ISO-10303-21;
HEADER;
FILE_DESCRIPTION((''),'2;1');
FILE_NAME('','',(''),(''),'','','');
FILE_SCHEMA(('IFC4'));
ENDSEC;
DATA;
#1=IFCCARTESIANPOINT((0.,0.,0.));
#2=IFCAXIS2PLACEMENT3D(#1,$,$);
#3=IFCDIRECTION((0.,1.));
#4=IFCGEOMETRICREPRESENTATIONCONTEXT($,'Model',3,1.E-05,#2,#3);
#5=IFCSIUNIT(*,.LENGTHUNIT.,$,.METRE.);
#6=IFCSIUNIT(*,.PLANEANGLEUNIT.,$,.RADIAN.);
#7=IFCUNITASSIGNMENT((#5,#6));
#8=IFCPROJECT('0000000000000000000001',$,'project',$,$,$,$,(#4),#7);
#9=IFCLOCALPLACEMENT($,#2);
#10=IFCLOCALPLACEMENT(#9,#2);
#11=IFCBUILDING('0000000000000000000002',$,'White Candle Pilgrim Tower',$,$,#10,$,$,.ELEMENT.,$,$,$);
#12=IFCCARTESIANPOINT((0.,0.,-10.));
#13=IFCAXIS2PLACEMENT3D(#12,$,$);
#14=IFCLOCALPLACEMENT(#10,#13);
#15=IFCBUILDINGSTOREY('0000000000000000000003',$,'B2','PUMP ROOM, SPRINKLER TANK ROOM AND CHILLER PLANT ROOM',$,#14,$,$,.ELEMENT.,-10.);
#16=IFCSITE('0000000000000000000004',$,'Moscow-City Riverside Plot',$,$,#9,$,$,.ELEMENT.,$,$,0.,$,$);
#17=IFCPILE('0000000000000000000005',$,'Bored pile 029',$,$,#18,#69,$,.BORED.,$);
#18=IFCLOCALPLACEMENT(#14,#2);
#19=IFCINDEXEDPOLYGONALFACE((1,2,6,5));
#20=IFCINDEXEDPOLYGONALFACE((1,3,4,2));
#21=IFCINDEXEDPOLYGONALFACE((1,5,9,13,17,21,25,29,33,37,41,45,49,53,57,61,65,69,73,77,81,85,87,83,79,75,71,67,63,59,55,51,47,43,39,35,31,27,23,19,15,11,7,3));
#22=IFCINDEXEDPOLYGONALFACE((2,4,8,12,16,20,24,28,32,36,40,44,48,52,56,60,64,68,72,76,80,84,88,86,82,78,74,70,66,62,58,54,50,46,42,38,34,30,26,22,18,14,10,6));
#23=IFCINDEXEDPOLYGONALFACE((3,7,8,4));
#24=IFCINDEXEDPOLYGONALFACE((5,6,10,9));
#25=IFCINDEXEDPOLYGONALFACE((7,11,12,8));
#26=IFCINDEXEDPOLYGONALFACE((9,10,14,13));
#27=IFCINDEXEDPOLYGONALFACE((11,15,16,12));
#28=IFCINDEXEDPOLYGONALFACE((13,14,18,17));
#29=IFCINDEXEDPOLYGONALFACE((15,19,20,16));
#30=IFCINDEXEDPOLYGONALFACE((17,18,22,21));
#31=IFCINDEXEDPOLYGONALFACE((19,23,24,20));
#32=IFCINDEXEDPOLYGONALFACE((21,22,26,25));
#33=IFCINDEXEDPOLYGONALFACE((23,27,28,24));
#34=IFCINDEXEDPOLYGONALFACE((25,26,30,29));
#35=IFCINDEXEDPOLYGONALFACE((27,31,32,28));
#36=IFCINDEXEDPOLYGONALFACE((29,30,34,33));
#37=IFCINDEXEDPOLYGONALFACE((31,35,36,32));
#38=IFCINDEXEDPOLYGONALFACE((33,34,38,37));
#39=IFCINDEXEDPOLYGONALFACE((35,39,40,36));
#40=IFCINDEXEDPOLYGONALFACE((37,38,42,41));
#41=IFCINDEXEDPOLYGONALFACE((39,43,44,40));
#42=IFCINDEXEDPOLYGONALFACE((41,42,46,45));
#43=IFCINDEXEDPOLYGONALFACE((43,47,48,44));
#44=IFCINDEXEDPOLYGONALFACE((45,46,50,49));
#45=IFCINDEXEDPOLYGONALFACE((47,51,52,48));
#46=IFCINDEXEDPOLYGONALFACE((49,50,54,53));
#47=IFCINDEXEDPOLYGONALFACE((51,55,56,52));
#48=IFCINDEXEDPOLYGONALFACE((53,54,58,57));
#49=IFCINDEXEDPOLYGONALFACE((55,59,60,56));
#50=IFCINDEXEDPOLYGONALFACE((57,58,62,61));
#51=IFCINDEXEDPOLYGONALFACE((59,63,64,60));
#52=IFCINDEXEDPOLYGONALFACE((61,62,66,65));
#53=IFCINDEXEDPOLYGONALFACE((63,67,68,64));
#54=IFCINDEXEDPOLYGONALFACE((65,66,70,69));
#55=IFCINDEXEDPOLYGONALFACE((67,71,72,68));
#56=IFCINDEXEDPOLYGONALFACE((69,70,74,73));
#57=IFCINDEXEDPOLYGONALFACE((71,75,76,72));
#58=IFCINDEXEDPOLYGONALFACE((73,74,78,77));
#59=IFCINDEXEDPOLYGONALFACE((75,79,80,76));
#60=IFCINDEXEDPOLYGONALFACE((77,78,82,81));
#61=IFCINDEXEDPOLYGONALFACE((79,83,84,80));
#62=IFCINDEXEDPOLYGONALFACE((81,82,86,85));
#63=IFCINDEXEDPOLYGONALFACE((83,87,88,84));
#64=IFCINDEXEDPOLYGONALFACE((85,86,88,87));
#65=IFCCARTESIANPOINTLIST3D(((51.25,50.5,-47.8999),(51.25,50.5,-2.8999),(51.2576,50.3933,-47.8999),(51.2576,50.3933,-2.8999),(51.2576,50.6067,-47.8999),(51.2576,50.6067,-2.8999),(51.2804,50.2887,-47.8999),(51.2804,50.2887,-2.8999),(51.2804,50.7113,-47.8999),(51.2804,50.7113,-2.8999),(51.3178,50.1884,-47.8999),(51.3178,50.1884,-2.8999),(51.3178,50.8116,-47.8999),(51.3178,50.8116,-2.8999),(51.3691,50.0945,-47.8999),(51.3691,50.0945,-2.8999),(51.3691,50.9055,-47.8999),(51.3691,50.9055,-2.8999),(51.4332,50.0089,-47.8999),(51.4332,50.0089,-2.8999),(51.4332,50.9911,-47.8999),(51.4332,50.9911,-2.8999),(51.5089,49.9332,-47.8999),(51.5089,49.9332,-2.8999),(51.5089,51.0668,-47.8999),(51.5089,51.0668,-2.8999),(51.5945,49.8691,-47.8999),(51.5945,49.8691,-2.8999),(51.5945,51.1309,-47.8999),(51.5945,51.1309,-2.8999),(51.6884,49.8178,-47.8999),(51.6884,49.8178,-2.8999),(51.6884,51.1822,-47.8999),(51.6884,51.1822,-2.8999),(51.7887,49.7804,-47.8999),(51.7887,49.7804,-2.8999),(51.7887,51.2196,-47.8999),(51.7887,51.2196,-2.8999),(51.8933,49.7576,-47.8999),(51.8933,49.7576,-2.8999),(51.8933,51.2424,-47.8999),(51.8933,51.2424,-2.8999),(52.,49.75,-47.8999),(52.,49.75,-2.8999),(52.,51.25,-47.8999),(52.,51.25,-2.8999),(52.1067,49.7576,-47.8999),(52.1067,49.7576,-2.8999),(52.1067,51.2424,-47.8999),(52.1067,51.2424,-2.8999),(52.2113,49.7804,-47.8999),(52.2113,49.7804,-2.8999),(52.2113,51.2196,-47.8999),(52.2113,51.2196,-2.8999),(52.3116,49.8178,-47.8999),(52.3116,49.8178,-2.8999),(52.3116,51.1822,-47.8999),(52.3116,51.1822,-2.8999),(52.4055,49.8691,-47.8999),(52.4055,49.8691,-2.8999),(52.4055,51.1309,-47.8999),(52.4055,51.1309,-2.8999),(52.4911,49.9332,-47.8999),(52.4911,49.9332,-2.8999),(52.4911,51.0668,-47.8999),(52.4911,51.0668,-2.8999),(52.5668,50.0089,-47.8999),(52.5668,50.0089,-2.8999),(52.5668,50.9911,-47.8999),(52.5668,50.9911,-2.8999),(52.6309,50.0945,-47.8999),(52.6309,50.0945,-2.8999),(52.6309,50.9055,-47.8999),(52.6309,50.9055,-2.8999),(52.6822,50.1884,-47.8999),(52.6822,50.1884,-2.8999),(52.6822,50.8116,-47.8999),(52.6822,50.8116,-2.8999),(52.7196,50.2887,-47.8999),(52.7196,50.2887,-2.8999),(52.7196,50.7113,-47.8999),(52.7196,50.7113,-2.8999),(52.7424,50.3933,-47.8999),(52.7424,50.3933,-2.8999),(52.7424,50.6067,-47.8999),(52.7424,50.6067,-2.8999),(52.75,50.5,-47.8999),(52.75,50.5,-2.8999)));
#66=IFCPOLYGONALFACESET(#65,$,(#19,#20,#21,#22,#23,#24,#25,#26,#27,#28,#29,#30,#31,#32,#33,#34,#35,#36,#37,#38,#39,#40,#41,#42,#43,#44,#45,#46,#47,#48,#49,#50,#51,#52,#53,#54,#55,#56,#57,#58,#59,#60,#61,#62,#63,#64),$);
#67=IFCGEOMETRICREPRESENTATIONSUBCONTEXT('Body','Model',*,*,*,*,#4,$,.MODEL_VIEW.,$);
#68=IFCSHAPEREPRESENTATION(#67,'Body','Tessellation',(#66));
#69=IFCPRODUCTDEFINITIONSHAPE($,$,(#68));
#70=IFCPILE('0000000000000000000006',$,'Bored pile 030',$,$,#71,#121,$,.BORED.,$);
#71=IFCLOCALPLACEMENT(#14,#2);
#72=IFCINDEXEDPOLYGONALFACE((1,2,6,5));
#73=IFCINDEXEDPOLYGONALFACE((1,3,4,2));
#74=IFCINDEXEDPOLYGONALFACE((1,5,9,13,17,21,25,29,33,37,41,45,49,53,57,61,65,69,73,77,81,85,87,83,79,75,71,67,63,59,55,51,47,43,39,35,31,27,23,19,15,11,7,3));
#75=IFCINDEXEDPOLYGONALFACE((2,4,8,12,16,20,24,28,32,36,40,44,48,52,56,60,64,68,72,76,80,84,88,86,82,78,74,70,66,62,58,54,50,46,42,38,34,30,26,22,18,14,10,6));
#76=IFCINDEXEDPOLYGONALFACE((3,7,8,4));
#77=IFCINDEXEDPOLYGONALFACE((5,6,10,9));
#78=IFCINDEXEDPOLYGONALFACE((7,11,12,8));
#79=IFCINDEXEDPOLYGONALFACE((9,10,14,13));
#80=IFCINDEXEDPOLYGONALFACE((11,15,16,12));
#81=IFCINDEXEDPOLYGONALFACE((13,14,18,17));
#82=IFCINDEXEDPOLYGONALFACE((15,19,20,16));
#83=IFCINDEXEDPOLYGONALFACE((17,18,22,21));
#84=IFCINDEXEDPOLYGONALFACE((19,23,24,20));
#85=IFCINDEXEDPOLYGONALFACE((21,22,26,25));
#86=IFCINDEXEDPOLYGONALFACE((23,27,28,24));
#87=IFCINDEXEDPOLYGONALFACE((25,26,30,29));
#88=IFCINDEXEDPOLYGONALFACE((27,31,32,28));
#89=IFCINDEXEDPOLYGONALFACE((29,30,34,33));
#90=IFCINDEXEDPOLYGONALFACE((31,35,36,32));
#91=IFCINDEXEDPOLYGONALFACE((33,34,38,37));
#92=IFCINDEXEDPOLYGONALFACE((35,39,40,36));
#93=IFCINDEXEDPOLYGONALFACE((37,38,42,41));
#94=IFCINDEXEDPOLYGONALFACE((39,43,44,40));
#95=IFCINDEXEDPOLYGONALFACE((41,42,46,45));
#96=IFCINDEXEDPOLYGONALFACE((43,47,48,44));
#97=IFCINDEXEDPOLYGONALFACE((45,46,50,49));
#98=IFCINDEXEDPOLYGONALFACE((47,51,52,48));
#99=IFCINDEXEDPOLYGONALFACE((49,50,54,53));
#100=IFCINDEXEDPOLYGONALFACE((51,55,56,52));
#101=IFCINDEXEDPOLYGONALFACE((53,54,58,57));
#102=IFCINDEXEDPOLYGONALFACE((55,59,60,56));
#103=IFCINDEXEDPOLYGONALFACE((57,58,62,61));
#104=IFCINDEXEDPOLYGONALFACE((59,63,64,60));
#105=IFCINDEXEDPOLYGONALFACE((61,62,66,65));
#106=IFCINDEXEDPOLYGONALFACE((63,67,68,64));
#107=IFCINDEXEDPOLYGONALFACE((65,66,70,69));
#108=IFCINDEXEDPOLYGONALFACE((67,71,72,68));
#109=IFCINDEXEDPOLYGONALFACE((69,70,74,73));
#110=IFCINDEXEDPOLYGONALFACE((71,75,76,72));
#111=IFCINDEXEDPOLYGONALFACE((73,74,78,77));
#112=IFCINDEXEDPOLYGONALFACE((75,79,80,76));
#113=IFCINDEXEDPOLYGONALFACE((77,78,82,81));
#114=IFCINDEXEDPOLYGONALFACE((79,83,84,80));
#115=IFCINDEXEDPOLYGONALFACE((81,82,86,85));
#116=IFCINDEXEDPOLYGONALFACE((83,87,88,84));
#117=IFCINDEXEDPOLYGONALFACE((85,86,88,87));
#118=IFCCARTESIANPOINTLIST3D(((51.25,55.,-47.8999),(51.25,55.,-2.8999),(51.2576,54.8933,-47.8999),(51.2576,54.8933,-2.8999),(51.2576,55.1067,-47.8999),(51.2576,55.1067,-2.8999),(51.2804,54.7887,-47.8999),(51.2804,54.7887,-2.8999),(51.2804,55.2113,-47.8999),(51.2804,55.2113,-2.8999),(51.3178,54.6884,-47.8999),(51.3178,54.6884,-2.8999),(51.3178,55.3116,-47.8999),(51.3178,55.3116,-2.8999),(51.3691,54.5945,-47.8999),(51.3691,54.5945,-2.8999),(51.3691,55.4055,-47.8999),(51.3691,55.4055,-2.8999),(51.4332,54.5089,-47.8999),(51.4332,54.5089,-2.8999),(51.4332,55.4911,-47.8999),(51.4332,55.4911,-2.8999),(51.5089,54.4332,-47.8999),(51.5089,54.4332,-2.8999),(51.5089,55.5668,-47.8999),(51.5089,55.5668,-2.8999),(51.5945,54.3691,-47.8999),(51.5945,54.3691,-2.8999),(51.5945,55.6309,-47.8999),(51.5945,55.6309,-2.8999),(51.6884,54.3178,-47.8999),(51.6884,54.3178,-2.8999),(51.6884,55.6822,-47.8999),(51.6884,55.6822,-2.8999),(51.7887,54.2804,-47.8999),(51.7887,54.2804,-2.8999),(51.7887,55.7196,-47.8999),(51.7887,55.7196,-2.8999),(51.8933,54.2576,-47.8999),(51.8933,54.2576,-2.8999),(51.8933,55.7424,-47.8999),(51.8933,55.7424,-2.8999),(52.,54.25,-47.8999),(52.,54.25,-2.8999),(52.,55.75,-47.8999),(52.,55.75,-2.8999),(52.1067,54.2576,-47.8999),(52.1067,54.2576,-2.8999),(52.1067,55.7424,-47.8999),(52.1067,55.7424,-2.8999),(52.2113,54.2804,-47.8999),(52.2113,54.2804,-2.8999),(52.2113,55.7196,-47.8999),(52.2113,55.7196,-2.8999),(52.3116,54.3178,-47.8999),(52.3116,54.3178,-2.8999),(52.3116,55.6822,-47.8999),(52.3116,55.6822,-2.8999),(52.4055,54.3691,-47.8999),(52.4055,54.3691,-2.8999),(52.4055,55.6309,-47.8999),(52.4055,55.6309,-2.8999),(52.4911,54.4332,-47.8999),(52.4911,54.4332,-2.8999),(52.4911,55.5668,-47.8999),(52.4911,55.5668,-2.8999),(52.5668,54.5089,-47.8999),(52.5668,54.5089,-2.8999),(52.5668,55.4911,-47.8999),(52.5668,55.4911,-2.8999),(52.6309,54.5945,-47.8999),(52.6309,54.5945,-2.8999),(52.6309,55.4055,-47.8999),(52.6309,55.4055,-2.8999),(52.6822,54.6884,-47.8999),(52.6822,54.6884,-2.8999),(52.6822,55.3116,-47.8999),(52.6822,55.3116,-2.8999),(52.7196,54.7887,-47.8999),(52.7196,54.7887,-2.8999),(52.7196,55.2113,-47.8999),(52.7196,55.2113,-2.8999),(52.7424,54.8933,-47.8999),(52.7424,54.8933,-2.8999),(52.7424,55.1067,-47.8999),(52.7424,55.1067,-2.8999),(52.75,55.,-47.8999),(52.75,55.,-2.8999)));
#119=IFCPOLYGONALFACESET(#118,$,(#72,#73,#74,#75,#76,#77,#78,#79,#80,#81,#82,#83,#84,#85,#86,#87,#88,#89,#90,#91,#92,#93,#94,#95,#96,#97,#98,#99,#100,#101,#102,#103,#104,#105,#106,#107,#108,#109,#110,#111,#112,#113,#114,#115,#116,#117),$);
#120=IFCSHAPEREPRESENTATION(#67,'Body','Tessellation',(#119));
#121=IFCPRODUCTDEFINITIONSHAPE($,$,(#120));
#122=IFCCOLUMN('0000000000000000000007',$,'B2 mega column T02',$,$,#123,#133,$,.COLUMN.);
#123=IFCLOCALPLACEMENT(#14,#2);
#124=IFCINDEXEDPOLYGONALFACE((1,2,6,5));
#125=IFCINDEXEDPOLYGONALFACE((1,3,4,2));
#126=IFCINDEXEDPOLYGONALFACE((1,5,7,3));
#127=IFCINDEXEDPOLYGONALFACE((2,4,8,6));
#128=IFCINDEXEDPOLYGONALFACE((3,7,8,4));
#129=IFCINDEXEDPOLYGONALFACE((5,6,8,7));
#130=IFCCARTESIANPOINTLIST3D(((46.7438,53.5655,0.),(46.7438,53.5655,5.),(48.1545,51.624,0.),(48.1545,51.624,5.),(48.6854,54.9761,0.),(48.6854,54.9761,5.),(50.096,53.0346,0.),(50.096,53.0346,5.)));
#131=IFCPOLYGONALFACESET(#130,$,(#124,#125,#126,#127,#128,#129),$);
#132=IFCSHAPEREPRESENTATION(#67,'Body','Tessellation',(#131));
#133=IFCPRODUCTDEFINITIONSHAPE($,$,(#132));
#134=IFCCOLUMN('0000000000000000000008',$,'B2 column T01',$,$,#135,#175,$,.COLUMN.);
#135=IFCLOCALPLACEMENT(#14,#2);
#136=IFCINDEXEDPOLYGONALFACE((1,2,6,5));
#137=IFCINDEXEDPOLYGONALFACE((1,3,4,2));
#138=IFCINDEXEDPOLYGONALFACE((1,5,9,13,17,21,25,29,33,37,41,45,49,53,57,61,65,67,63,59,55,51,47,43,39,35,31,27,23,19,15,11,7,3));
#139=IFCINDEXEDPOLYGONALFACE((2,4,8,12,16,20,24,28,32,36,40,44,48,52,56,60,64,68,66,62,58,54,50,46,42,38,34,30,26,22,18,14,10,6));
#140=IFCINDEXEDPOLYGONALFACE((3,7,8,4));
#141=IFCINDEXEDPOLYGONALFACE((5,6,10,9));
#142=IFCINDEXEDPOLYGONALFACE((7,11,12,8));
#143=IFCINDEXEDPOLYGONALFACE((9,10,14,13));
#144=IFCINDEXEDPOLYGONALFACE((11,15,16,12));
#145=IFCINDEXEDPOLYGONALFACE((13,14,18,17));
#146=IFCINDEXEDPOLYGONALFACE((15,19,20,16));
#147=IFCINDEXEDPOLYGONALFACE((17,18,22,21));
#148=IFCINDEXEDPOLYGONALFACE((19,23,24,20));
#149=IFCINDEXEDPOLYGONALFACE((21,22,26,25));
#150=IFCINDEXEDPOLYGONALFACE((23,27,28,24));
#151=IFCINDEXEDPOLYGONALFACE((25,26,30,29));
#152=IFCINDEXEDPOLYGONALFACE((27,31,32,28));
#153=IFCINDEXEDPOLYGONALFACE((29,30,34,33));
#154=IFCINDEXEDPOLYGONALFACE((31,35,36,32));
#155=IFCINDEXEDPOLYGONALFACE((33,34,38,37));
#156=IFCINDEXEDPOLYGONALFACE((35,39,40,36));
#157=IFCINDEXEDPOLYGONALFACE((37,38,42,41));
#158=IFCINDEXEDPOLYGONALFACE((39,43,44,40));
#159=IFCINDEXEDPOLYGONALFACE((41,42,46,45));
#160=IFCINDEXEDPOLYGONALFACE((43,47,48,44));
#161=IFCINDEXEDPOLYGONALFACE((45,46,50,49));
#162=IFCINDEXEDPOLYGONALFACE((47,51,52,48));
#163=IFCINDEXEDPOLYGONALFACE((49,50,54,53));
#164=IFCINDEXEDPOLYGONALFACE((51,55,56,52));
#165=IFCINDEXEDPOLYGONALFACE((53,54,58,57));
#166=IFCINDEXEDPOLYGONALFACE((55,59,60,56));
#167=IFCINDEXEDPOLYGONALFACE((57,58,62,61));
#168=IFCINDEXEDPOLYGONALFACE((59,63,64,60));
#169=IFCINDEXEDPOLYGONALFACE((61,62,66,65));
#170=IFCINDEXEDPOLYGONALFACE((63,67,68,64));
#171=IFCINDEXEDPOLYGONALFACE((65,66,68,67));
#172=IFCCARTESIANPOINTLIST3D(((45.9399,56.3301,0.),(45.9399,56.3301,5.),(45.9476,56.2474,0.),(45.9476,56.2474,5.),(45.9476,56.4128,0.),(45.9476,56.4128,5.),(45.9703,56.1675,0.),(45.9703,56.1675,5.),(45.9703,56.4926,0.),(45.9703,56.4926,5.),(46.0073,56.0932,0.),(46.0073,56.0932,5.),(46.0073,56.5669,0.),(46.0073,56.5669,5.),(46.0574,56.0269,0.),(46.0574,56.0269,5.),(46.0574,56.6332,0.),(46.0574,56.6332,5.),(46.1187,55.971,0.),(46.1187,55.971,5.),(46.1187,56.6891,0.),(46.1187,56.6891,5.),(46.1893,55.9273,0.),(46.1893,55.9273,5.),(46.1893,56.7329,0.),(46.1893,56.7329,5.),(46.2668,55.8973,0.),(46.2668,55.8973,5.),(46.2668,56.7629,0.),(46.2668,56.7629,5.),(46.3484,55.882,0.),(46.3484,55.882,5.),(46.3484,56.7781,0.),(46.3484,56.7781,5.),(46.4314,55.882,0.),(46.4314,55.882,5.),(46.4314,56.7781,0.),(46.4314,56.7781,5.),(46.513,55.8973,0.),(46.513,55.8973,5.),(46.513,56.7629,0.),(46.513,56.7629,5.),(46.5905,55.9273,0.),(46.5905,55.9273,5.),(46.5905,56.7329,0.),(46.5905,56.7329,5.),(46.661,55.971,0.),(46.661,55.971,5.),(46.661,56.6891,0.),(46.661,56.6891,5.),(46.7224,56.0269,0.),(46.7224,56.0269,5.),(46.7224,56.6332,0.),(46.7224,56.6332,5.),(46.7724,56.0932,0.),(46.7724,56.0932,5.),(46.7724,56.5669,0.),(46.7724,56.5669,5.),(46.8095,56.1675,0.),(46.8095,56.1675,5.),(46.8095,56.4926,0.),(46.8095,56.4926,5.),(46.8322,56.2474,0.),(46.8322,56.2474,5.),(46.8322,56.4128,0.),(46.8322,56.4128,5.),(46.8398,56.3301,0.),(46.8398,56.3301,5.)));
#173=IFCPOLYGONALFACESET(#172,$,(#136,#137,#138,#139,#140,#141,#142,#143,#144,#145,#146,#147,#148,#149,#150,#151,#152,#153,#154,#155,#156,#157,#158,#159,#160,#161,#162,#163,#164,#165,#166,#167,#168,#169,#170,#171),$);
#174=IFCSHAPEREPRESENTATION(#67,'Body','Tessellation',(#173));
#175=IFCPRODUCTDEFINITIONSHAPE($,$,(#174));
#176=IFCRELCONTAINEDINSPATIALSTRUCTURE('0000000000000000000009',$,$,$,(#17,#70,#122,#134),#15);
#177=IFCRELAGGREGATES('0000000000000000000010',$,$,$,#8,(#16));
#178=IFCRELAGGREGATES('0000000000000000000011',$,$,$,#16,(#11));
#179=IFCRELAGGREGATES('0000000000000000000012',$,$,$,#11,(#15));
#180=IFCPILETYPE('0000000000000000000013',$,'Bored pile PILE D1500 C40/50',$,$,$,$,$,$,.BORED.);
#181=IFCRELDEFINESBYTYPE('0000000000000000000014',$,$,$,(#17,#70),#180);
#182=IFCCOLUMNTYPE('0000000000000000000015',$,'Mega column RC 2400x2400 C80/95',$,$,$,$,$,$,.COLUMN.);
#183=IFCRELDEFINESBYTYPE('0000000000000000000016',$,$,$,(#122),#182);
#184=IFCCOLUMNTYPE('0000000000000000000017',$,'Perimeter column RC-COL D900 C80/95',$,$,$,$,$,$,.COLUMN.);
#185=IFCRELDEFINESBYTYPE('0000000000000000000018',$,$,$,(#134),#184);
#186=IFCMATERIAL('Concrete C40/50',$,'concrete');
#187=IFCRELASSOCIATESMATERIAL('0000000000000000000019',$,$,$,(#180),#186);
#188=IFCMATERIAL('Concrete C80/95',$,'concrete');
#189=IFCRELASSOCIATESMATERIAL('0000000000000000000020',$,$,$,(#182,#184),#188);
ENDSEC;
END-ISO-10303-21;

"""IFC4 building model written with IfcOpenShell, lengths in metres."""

from ifc_helpers import new_model, si_unit, direction, frame, origin, origin_2d, place, context, subcontext, project, spatial, rectangle, circle, extrude, material, material_profile, profile_set, type_object, element, save


model = new_model("IFC4")

# Units and contexts
model_context = context("Model", 3, precision=1e-05, world=origin(), true_north=direction((0.0, 1.0)))
body_context = subcontext(model_context, "Body", "Model", "MODEL_VIEW")
ifc_project = project(units=[si_unit("LENGTHUNIT", "METRE"), si_unit("PLANEANGLEUNIT", "RADIAN")], contexts=[model_context])

# Site, building, storey
site_placement = place(None, origin())
site = spatial("IfcSite", under=ifc_project, at=site_placement, Name="Moscow-City Riverside Plot", CompositionType="ELEMENT", RefElevation=0.0)
building_placement = place(site_placement, origin())
building = spatial("IfcBuilding", under=site, at=building_placement, Name="White Candle Pilgrim Tower", CompositionType="ELEMENT")
storey_placement = place(building_placement, frame((0.0, 0.0, -10.0)))
storey = spatial("IfcBuildingStorey", under=building, at=storey_placement, Name="B2", Description="PUMP ROOM, SPRINKLER TANK ROOM AND CHILLER PLANT ROOM", CompositionType="ELEMENT", Elevation=-10.0)

# Piles
ifc_material_1 = material(Name="Concrete C40/50", Category="concrete")
ifc_material_profile_1 = material_profile(ifc_material_1, circle(Radius=0.75, at=origin_2d()), Name="PILE D1500")
ifc_profile_set_1 = profile_set([ifc_material_profile_1], Name="Concrete C40/50")
pile_type_1 = type_object("IfcPileType", Name="Bored pile PILE D1500 C40/50", PredefinedType="BORED", material=ifc_profile_set_1)
for number, where, z_axis, x_axis, name in (
    (1, (52.0, 50.5, -2.8999), (0.0, 0.0, -1.0), (1.0, 0.0, 0.0), "Bored pile 029"),
    (2, (52.0, 55.0, -2.8999), (0.0, 0.0, -1.0), (1.0, 0.0, 0.0), "Bored pile 030"),
):
    element("IfcPile", number, at=place(storey_placement, frame(where, z_axis=z_axis, x_axis=x_axis)), inside=storey, type_object=pile_type_1, Name=name, PredefinedType="BORED", context=body_context, shape_type="SweptSolid", body=[
        extrude(circle(Radius=0.75, at=origin_2d()), origin(), (0.0, 0.0, 1.0), 45.0),
    ])

# Columns
ifc_material_2 = material(Name="Concrete C80/95", Category="concrete")
ifc_material_profile_2 = material_profile(ifc_material_2, rectangle(XDim=2.3999, YDim=2.3999, at=origin_2d()), Name="RC 2400x2400")
ifc_profile_set_2 = profile_set([ifc_material_profile_2], Name="Concrete C80/95")
column_type_1 = type_object("IfcColumnType", Name="Mega column RC 2400x2400 C80/95", PredefinedType="COLUMN", material=ifc_profile_set_2)
column_placement = place(storey_placement, frame((48.4199, 53.3, 0.0), z_axis=(0.0, 0.0, 1.0), x_axis=(-0.809017, -0.587785, 0.0)))
element("IfcColumn", 3, at=column_placement, inside=storey, type_object=column_type_1, Name="B2 mega column T02", PredefinedType="COLUMN", context=body_context, shape_type="SweptSolid", body=[
    extrude(rectangle(XDim=2.3999, YDim=2.3999, at=origin_2d()), origin(), (0.0, 0.0, 1.0), 5.0),
])
ifc_material_profile_3 = material_profile(ifc_material_2, circle(Radius=0.45, at=origin_2d()), Name="RC-COL D900")
ifc_profile_set_3 = profile_set([ifc_material_profile_3], Name="Concrete C80/95")
column_type_2 = type_object("IfcColumnType", Name="Perimeter column RC-COL D900 C80/95", PredefinedType="COLUMN", material=ifc_profile_set_3)
for number, where, z_axis, x_axis, name in (
    (4, (46.3899, 56.3301, 0.0), (0.0, 0.0, 1.0), (1.0, 0.0, 0.0), "B2 column T01"),
):
    element("IfcColumn", number, at=place(storey_placement, frame(where, z_axis=z_axis, x_axis=x_axis)), inside=storey, type_object=column_type_2, Name=name, PredefinedType="COLUMN", context=body_context, shape_type="SweptSolid", body=[
        extrude(circle(Radius=0.45, at=origin_2d()), origin(), (0.0, 0.0, 1.0), 5.0),
    ])

save(model, "model.ifc")
